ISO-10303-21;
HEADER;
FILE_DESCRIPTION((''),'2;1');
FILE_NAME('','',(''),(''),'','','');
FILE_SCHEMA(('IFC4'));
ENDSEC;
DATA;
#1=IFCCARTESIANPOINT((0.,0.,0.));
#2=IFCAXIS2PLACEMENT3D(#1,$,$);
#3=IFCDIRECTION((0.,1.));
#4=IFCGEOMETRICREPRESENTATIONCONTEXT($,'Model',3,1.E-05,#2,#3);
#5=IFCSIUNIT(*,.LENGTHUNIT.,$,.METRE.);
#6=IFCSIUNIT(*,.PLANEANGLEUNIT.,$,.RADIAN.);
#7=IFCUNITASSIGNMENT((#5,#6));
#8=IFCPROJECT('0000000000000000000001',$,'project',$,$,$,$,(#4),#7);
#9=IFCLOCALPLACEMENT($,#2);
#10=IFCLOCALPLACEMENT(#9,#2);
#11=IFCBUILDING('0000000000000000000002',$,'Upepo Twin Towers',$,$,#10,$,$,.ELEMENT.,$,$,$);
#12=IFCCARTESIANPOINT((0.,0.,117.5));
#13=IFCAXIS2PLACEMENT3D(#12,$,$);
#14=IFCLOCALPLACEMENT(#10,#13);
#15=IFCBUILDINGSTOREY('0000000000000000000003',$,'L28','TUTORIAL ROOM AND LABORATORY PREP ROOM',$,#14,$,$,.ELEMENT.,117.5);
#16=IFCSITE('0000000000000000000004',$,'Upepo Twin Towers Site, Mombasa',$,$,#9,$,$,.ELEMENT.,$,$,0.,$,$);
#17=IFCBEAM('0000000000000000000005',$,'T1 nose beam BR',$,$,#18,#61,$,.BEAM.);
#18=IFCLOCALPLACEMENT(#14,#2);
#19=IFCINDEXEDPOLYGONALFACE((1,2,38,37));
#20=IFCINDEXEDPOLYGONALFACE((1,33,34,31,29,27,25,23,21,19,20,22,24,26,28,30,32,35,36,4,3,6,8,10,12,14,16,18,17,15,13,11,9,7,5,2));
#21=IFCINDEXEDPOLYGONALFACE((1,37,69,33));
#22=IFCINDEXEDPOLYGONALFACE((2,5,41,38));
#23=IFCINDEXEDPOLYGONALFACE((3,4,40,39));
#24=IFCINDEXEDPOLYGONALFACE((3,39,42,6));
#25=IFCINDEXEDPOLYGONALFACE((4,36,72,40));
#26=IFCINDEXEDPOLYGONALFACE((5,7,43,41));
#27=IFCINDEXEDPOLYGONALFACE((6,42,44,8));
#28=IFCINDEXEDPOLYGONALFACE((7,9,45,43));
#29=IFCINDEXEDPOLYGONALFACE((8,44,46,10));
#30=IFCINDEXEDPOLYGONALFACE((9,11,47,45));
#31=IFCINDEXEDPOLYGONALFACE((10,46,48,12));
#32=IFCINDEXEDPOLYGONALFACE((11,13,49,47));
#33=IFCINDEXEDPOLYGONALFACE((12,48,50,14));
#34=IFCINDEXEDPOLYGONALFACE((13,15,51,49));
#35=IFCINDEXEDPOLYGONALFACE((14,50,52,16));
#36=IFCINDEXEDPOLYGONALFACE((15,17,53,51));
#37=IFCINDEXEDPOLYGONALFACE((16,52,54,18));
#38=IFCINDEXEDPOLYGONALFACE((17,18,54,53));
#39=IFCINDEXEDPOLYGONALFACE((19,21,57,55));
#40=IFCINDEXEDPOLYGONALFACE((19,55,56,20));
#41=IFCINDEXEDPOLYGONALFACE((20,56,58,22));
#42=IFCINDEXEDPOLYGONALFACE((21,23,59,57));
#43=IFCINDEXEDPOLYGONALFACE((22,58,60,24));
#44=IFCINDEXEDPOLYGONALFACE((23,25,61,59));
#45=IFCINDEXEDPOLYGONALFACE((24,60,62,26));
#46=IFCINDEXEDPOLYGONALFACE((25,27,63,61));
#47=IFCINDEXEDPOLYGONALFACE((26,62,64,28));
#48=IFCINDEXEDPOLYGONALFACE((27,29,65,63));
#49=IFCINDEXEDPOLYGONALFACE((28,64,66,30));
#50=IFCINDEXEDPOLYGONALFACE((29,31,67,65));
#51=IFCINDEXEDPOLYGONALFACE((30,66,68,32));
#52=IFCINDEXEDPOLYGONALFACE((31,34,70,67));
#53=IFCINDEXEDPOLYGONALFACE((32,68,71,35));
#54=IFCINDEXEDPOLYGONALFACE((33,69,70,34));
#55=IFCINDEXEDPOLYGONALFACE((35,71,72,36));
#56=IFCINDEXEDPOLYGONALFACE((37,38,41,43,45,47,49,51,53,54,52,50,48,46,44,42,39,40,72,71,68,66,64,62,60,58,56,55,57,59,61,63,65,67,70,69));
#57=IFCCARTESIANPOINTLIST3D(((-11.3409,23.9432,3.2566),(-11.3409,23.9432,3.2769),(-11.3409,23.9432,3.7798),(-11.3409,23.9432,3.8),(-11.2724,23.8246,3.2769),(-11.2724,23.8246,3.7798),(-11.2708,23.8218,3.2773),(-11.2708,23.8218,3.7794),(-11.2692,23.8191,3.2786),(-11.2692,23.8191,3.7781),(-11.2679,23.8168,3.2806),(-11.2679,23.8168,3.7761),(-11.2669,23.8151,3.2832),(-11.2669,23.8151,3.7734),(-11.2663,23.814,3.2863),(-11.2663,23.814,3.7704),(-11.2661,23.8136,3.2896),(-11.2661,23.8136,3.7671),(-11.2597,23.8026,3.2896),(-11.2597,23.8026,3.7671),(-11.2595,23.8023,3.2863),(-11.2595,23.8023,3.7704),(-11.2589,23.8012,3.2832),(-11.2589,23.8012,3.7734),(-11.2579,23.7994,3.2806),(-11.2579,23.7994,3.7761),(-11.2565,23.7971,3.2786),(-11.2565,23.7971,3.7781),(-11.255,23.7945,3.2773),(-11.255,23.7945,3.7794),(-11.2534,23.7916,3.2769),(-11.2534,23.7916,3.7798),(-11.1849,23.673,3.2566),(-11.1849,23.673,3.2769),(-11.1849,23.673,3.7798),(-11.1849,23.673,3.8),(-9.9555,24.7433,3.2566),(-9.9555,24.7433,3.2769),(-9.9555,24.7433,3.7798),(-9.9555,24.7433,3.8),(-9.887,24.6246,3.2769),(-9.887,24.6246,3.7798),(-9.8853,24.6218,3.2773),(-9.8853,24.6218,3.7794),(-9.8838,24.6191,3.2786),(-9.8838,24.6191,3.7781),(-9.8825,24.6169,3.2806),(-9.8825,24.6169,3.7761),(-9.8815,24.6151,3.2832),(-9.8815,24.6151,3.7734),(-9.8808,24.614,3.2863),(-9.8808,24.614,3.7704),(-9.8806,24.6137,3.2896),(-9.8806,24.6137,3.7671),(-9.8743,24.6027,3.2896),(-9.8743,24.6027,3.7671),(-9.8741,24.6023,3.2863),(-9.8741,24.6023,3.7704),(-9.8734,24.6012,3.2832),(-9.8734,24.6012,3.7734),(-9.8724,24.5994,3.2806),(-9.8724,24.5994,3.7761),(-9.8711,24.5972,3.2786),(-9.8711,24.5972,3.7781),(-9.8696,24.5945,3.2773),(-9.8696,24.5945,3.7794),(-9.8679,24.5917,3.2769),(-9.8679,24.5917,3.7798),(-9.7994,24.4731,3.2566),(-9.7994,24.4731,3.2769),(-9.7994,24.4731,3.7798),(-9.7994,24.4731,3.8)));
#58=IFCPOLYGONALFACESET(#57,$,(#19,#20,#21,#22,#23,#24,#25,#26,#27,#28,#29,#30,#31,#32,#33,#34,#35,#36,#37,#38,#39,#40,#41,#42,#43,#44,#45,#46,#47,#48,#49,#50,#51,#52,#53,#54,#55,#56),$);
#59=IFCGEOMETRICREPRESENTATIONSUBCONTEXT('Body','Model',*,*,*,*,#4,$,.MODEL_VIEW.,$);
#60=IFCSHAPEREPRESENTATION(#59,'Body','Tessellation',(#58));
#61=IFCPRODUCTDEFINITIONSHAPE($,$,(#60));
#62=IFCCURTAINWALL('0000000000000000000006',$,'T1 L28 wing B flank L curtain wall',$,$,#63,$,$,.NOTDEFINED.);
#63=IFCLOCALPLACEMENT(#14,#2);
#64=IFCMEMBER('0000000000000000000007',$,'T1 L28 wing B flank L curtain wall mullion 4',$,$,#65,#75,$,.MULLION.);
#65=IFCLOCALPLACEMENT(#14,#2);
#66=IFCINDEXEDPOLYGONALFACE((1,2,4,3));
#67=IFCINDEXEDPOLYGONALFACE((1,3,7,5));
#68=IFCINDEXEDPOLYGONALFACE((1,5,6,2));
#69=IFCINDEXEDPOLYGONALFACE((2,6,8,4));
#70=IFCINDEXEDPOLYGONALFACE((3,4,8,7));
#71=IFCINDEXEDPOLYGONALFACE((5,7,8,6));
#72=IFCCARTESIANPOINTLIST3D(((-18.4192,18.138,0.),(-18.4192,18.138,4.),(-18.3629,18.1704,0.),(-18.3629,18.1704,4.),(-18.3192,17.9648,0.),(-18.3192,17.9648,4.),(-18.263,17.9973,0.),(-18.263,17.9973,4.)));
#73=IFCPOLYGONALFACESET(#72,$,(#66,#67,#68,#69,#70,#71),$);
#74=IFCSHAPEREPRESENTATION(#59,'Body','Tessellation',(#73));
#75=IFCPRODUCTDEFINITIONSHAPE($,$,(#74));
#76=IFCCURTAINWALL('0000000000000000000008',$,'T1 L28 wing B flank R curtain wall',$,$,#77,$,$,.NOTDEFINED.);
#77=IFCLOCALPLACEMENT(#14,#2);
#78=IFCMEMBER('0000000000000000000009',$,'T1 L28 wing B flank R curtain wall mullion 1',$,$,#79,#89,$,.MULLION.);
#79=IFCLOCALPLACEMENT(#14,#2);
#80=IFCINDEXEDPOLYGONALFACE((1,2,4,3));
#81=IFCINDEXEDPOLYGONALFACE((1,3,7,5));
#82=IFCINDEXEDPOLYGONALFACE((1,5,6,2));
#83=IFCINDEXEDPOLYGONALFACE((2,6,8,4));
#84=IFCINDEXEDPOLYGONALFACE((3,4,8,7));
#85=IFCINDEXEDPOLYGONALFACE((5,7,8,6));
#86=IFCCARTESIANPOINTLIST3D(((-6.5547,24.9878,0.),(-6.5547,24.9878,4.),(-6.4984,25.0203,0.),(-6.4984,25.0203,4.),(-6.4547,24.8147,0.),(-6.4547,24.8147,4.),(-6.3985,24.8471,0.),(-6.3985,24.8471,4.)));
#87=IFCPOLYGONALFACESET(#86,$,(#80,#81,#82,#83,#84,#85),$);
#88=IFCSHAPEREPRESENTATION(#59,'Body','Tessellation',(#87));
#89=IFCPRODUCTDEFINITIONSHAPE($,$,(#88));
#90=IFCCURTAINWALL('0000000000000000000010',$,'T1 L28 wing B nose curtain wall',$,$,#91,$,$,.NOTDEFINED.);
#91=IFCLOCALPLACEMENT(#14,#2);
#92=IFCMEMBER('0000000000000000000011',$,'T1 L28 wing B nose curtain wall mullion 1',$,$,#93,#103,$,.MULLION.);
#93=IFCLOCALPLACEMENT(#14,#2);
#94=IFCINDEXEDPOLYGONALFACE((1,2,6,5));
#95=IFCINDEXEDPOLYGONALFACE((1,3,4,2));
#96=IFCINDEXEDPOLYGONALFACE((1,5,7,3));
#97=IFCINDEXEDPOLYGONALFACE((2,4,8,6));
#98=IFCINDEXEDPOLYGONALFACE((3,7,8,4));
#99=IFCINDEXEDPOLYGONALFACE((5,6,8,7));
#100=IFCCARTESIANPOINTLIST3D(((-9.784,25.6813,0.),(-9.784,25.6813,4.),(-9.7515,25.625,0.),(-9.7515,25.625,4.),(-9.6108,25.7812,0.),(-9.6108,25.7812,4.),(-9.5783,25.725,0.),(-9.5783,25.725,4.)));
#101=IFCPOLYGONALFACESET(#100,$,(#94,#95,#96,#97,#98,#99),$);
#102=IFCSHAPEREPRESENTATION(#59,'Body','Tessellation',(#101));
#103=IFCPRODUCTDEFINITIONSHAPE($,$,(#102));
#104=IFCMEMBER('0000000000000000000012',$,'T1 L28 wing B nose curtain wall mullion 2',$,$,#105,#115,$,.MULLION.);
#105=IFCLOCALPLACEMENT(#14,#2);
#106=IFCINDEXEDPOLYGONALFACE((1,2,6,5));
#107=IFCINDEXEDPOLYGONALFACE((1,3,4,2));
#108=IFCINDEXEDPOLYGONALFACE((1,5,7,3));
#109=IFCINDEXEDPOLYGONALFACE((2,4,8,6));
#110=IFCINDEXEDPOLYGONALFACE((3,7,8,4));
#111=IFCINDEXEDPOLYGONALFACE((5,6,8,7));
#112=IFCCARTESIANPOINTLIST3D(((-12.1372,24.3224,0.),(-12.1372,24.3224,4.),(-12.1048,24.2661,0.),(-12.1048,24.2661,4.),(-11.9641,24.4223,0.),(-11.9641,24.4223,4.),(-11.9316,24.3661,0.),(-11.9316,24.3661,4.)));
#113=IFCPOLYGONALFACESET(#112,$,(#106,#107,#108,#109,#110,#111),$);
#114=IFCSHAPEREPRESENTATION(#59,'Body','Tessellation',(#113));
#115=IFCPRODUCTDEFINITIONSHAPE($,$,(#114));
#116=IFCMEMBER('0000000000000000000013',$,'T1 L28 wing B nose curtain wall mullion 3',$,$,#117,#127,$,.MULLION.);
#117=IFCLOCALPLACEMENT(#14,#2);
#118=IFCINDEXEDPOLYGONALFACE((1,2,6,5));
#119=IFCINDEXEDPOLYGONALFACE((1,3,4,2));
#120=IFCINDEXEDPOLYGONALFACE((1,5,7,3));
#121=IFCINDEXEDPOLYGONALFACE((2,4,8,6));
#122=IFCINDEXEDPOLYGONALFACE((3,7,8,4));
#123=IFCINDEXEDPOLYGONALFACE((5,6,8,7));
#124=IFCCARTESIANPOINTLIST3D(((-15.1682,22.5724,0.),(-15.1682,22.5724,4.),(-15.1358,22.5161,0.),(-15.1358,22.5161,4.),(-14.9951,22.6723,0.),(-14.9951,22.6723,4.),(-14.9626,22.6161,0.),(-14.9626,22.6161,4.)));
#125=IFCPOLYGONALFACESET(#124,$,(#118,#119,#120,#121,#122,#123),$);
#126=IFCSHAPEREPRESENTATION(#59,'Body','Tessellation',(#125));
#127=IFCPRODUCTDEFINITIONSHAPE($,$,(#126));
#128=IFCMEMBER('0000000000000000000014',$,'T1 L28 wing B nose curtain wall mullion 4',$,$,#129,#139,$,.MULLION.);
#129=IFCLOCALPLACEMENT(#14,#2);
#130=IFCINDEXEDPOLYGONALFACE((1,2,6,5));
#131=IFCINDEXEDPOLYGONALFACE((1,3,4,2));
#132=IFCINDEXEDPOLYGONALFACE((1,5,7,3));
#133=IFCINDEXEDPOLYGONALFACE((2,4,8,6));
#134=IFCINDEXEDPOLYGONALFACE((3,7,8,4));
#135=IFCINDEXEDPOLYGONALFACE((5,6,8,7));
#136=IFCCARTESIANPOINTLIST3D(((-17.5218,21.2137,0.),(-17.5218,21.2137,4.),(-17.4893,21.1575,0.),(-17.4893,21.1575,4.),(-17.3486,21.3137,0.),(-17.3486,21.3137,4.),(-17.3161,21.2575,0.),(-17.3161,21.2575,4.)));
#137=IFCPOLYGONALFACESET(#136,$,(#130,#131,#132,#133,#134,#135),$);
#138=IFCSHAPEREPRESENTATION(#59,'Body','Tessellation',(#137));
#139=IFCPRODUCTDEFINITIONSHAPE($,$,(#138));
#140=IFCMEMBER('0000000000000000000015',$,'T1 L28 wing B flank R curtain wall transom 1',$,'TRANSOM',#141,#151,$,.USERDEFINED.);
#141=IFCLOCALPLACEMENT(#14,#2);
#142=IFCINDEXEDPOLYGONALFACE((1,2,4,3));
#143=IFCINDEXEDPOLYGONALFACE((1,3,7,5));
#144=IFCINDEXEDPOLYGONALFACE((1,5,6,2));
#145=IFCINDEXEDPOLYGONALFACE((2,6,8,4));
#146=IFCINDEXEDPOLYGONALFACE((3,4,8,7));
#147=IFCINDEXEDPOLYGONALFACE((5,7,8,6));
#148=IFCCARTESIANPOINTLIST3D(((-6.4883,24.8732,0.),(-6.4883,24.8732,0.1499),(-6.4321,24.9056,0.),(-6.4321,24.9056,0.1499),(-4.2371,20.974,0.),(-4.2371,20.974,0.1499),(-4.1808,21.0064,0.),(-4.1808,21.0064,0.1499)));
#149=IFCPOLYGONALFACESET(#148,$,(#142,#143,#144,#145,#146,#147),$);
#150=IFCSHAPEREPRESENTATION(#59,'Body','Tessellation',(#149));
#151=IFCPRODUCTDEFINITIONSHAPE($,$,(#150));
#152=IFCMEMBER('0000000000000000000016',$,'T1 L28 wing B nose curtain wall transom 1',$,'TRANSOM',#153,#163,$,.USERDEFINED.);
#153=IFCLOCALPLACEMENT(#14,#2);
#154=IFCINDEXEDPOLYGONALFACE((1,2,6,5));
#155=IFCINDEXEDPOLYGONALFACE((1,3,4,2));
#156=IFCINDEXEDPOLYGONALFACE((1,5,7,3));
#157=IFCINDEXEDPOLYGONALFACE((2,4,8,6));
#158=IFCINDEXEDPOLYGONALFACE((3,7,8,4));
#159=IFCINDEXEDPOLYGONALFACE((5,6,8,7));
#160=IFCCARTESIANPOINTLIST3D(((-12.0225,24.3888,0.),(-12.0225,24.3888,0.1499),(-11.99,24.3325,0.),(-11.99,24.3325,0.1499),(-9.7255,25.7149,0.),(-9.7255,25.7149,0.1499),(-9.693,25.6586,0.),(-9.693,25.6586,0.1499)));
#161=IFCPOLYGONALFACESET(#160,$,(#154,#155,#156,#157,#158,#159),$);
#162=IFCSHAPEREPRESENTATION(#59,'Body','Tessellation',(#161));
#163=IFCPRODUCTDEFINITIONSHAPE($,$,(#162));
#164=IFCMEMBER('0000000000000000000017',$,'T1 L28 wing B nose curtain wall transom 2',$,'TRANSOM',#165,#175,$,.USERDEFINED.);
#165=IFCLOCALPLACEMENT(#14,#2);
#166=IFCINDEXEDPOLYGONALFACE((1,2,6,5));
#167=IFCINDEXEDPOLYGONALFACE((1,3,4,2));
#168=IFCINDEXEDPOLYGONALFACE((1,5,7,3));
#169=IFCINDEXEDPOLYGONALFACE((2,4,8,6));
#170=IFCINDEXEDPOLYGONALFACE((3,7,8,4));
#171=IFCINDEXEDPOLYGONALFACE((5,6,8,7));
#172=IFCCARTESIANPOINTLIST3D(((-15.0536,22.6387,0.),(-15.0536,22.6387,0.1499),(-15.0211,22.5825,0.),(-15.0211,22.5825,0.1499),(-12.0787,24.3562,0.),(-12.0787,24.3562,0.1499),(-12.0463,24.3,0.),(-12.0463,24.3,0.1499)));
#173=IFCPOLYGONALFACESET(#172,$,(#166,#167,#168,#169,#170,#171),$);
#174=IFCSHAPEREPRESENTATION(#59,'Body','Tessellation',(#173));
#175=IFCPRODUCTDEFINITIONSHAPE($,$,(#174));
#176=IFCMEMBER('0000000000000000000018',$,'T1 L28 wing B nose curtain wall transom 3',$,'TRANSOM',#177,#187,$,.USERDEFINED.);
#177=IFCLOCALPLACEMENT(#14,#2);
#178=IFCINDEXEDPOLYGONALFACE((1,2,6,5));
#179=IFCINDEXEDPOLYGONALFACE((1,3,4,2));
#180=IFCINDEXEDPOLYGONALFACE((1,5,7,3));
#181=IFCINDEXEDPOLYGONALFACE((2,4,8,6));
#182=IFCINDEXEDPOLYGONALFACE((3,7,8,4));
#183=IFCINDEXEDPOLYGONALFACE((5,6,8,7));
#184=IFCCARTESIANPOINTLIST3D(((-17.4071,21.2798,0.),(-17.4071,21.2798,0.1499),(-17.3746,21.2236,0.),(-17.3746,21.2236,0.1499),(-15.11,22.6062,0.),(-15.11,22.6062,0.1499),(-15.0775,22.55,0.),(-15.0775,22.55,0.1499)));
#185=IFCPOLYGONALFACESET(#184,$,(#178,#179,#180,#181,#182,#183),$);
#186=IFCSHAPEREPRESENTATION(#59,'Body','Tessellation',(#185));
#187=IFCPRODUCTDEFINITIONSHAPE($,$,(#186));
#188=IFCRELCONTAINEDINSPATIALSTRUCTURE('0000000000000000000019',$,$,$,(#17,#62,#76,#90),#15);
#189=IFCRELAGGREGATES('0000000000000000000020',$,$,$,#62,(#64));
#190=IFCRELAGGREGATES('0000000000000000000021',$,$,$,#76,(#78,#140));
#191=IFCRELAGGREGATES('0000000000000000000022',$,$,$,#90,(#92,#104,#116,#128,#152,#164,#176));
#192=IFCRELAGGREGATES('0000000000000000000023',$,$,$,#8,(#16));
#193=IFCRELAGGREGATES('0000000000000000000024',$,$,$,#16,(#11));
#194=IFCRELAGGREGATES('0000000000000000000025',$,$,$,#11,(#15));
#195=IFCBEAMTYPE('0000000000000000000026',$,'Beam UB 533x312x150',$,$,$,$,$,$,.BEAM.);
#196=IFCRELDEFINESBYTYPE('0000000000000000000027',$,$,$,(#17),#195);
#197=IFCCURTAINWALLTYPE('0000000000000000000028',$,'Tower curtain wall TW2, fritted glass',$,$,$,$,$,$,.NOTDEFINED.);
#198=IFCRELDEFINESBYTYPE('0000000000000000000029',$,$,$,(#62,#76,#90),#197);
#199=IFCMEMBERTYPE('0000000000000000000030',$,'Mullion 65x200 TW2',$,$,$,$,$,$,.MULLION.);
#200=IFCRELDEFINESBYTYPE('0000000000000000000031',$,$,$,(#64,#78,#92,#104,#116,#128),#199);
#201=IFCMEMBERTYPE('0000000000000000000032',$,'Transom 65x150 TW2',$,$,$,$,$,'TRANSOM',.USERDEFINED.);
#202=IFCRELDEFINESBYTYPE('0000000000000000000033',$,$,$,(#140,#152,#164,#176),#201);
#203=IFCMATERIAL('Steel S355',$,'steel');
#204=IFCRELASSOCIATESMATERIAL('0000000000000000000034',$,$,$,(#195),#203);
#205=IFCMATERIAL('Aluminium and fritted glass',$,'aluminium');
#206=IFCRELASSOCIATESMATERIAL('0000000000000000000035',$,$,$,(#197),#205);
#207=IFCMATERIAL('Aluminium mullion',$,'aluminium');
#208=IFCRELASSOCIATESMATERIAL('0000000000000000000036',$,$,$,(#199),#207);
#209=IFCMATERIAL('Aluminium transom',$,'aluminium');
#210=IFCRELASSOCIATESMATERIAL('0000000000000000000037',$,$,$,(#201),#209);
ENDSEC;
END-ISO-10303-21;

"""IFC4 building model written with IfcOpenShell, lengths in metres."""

from ifc_helpers import new_model, si_unit, direction, frame, origin, origin_2d, place, context, subcontext, project, spatial, rectangle, i_section, extrude, material, material_profile, profile_set, type_object, element, aggregate, save


model = new_model("IFC4")

# Units and contexts
model_context = context("Model", 3, precision=1e-05, world=origin(), true_north=direction((0.0, 1.0)))
body_context = subcontext(model_context, "Body", "Model", "MODEL_VIEW")
ifc_project = project(units=[si_unit("LENGTHUNIT", "METRE"), si_unit("PLANEANGLEUNIT", "RADIAN")], contexts=[model_context])

# Site, building, storey
site_placement = place(None, origin())
site = spatial("IfcSite", under=ifc_project, at=site_placement, Name="Upepo Twin Towers Site, Mombasa", CompositionType="ELEMENT", RefElevation=0.0)
building_placement = place(site_placement, origin())
building = spatial("IfcBuilding", under=site, at=building_placement, Name="Upepo Twin Towers", CompositionType="ELEMENT")
storey_placement = place(building_placement, frame((0.0, 0.0, 117.5)))
storey = spatial("IfcBuildingStorey", under=building, at=storey_placement, Name="L28", Description="TUTORIAL ROOM AND LABORATORY PREP ROOM", CompositionType="ELEMENT", Elevation=117.5)

# Beam
ifc_material_1 = material(Name="Steel S355", Category="steel")
ifc_material_profile_1 = material_profile(ifc_material_1, i_section(OverallWidth=0.312, OverallDepth=0.5435, WebThickness=0.0127, FlangeThickness=0.0203, FilletRadius=0.0127, at=origin_2d()), Name="UB 533x312x150")
ifc_profile_set_1 = profile_set([ifc_material_profile_1], Name="Steel S355")
beam_type_1 = type_object("IfcBeamType", Name="Beam UB 533x312x150", PredefinedType="BEAM", material=ifc_profile_set_1)
for number, where, z_axis, x_axis, name in (
    (1, (-9.8774, 24.6082, 3.5283), (-0.86599, -0.500061, 0.0), (0.500061, -0.86599, 0.0), "T1 nose beam BR"),
):
    element("IfcBeam", number, at=place(storey_placement, frame(where, z_axis=z_axis, x_axis=x_axis)), inside=storey, type_object=beam_type_1, Name=name, PredefinedType="BEAM", context=body_context, shape_type="SweptSolid", body=[
        extrude(i_section(OverallWidth=0.312, OverallDepth=0.5435, WebThickness=0.0127, FlangeThickness=0.0203, FilletRadius=0.0127, at=origin_2d()), origin(), (0.0, 0.0, 1.0), 1.5999),
    ])

# Curtain walls, members
ifc_material_2 = material(Name="Aluminium and fritted glass", Category="aluminium")
curtain_wall_type = type_object("IfcCurtainWallType", Name="Tower curtain wall TW2, fritted glass", PredefinedType="NOTDEFINED", material=ifc_material_2)
curtain_wall_1_placement = place(storey_placement, origin())
curtain_wall_1 = element("IfcCurtainWall", 2, at=curtain_wall_1_placement, inside=storey, type_object=curtain_wall_type, Name="T1 L28 wing B flank L curtain wall", PredefinedType="NOTDEFINED")
ifc_material_3 = material(Name="Aluminium mullion", Category="aluminium")
ifc_material_profile_2 = material_profile(ifc_material_3, rectangle(XDim=0.0649, YDim=0.2, at=origin_2d()), Name="MULLION 65x200")
ifc_profile_set_2 = profile_set([ifc_material_profile_2], Name="Aluminium mullion")
member_type_1 = type_object("IfcMemberType", Name="Mullion 65x200 TW2", PredefinedType="MULLION", material=ifc_profile_set_2)
member_1_placement = place(storey_placement, frame((-18.3411, 18.0676, 0.0), z_axis=(0.0, 0.0, 1.0), x_axis=(-0.866025, -0.5, 0.0)))
member_1 = element("IfcMember", 3, at=member_1_placement, type_object=member_type_1, Name="T1 L28 wing B flank L curtain wall mullion 4", PredefinedType="MULLION", context=body_context, shape_type="SweptSolid", body=[
    extrude(rectangle(XDim=0.0649, YDim=0.2, at=origin_2d()), origin(), (0.0, 0.0, 1.0), 4.0),
])
aggregate(curtain_wall_1, [member_1])
curtain_wall_2_placement = place(storey_placement, origin())
curtain_wall_2 = element("IfcCurtainWall", 4, at=curtain_wall_2_placement, inside=storey, type_object=curtain_wall_type, Name="T1 L28 wing B flank R curtain wall", PredefinedType="NOTDEFINED")
member_2_placement = place(storey_placement, frame((-6.4766, 24.9175, 0.0), z_axis=(0.0, 0.0, 1.0), x_axis=(0.866025, 0.5, 0.0)))
member_2 = element("IfcMember", 5, at=member_2_placement, type_object=member_type_1, Name="T1 L28 wing B flank R curtain wall mullion 1", PredefinedType="MULLION", context=body_context, shape_type="SweptSolid", body=[
    extrude(rectangle(XDim=0.0649, YDim=0.2, at=origin_2d()), origin(), (0.0, 0.0, 1.0), 4.0),
])

# Curtain wall, members
curtain_wall_3_placement = place(storey_placement, origin())
curtain_wall_3 = element("IfcCurtainWall", 6, at=curtain_wall_3_placement, inside=storey, type_object=curtain_wall_type, Name="T1 L28 wing B nose curtain wall", PredefinedType="NOTDEFINED")
member_3_placement = place(storey_placement, frame((-9.6812, 25.7031, 0.0), z_axis=(0.0, 0.0, 1.0), x_axis=(0.5, -0.866025, 0.0)))
member_3 = element("IfcMember", 7, at=member_3_placement, type_object=member_type_1, Name="T1 L28 wing B nose curtain wall mullion 1", PredefinedType="MULLION", context=body_context, shape_type="SweptSolid", body=[
    extrude(rectangle(XDim=0.0649, YDim=0.2, at=origin_2d()), origin(), (0.0, 0.0, 1.0), 4.0),
])
member_4_placement = place(storey_placement, frame((-12.0344, 24.3442, 0.0), z_axis=(0.0, 0.0, 1.0), x_axis=(0.5, -0.866025, 0.0)))
member_4 = element("IfcMember", 8, at=member_4_placement, type_object=member_type_1, Name="T1 L28 wing B nose curtain wall mullion 2", PredefinedType="MULLION", context=body_context, shape_type="SweptSolid", body=[
    extrude(rectangle(XDim=0.0649, YDim=0.2, at=origin_2d()), origin(), (0.0, 0.0, 1.0), 4.0),
])
member_5_placement = place(storey_placement, frame((-15.0654, 22.5942, 0.0), z_axis=(0.0, 0.0, 1.0), x_axis=(0.5, -0.866025, 0.0)))
member_5 = element("IfcMember", 9, at=member_5_placement, type_object=member_type_1, Name="T1 L28 wing B nose curtain wall mullion 3", PredefinedType="MULLION", context=body_context, shape_type="SweptSolid", body=[
    extrude(rectangle(XDim=0.0649, YDim=0.2, at=origin_2d()), origin(), (0.0, 0.0, 1.0), 4.0),
])
member_6_placement = place(storey_placement, frame((-17.4189, 21.2356, 0.0), z_axis=(0.0, 0.0, 1.0), x_axis=(0.5, -0.866025, 0.0)))
member_6 = element("IfcMember", 10, at=member_6_placement, type_object=member_type_1, Name="T1 L28 wing B nose curtain wall mullion 4", PredefinedType="MULLION", context=body_context, shape_type="SweptSolid", body=[
    extrude(rectangle(XDim=0.0649, YDim=0.2, at=origin_2d()), origin(), (0.0, 0.0, 1.0), 4.0),
])

# Members
ifc_material_4 = material(Name="Aluminium transom", Category="aluminium")
ifc_material_profile_3 = material_profile(ifc_material_4, rectangle(XDim=0.0649, YDim=0.1499, at=origin_2d()), Name="TRANSOM 65x150")
ifc_profile_set_3 = profile_set([ifc_material_profile_3], Name="Aluminium transom")
member_type_2 = type_object("IfcMemberType", Name="Transom 65x150 TW2", ElementType="TRANSOM", PredefinedType="USERDEFINED", material=ifc_profile_set_3)
member_7_placement = place(storey_placement, frame((-6.4602, 24.8894, 0.075), z_axis=(0.500006, -0.866022, 0.0), x_axis=(0.866022, 0.500006, 0.0)))
member_7 = element("IfcMember", 11, at=member_7_placement, type_object=member_type_2, Name="T1 L28 wing B flank R curtain wall transom 1", ObjectType="TRANSOM", PredefinedType="USERDEFINED", context=body_context, shape_type="SweptSolid", body=[
    extrude(rectangle(XDim=0.0649, YDim=0.1499, at=origin_2d()), origin(), (0.0, 0.0, 1.0), 4.5024),
])
member_8_placement = place(storey_placement, frame((-9.7092, 25.6868, 0.075), z_axis=(-0.866037, -0.49998, 0.0), x_axis=(0.49998, -0.866037, 0.0)))
member_8 = element("IfcMember", 12, at=member_8_placement, type_object=member_type_2, Name="T1 L28 wing B nose curtain wall transom 1", ObjectType="TRANSOM", PredefinedType="USERDEFINED", context=body_context, shape_type="SweptSolid", body=[
    extrude(rectangle(XDim=0.0649, YDim=0.1499, at=origin_2d()), origin(), (0.0, 0.0, 1.0), 2.6523),
])
member_9_placement = place(storey_placement, frame((-12.0625, 24.3281, 0.075), z_axis=(-0.866026, -0.499999, 0.0), x_axis=(0.499999, -0.866026, 0.0)))
member_9 = element("IfcMember", 13, at=member_9_placement, type_object=member_type_2, Name="T1 L28 wing B nose curtain wall transom 2", ObjectType="TRANSOM", PredefinedType="USERDEFINED", context=body_context, shape_type="SweptSolid", body=[
    extrude(rectangle(XDim=0.0649, YDim=0.1499, at=origin_2d()), origin(), (0.0, 0.0, 1.0), 3.4351),
])
member_10_placement = place(storey_placement, frame((-15.0938, 22.5781, 0.075), z_axis=(-0.865997, -0.500049, 0.0), x_axis=(0.500049, -0.865997, 0.0)))
member_10 = element("IfcMember", 14, at=member_10_placement, type_object=member_type_2, Name="T1 L28 wing B nose curtain wall transom 3", ObjectType="TRANSOM", PredefinedType="USERDEFINED", context=body_context, shape_type="SweptSolid", body=[
    extrude(rectangle(XDim=0.0649, YDim=0.1499, at=origin_2d()), origin(), (0.0, 0.0, 1.0), 2.6526),
])

aggregate(curtain_wall_2, [member_2, member_7])
aggregate(curtain_wall_3, [member_3, member_4, member_5, member_6, member_8, member_9, member_10])

save(model, "model.ifc")
